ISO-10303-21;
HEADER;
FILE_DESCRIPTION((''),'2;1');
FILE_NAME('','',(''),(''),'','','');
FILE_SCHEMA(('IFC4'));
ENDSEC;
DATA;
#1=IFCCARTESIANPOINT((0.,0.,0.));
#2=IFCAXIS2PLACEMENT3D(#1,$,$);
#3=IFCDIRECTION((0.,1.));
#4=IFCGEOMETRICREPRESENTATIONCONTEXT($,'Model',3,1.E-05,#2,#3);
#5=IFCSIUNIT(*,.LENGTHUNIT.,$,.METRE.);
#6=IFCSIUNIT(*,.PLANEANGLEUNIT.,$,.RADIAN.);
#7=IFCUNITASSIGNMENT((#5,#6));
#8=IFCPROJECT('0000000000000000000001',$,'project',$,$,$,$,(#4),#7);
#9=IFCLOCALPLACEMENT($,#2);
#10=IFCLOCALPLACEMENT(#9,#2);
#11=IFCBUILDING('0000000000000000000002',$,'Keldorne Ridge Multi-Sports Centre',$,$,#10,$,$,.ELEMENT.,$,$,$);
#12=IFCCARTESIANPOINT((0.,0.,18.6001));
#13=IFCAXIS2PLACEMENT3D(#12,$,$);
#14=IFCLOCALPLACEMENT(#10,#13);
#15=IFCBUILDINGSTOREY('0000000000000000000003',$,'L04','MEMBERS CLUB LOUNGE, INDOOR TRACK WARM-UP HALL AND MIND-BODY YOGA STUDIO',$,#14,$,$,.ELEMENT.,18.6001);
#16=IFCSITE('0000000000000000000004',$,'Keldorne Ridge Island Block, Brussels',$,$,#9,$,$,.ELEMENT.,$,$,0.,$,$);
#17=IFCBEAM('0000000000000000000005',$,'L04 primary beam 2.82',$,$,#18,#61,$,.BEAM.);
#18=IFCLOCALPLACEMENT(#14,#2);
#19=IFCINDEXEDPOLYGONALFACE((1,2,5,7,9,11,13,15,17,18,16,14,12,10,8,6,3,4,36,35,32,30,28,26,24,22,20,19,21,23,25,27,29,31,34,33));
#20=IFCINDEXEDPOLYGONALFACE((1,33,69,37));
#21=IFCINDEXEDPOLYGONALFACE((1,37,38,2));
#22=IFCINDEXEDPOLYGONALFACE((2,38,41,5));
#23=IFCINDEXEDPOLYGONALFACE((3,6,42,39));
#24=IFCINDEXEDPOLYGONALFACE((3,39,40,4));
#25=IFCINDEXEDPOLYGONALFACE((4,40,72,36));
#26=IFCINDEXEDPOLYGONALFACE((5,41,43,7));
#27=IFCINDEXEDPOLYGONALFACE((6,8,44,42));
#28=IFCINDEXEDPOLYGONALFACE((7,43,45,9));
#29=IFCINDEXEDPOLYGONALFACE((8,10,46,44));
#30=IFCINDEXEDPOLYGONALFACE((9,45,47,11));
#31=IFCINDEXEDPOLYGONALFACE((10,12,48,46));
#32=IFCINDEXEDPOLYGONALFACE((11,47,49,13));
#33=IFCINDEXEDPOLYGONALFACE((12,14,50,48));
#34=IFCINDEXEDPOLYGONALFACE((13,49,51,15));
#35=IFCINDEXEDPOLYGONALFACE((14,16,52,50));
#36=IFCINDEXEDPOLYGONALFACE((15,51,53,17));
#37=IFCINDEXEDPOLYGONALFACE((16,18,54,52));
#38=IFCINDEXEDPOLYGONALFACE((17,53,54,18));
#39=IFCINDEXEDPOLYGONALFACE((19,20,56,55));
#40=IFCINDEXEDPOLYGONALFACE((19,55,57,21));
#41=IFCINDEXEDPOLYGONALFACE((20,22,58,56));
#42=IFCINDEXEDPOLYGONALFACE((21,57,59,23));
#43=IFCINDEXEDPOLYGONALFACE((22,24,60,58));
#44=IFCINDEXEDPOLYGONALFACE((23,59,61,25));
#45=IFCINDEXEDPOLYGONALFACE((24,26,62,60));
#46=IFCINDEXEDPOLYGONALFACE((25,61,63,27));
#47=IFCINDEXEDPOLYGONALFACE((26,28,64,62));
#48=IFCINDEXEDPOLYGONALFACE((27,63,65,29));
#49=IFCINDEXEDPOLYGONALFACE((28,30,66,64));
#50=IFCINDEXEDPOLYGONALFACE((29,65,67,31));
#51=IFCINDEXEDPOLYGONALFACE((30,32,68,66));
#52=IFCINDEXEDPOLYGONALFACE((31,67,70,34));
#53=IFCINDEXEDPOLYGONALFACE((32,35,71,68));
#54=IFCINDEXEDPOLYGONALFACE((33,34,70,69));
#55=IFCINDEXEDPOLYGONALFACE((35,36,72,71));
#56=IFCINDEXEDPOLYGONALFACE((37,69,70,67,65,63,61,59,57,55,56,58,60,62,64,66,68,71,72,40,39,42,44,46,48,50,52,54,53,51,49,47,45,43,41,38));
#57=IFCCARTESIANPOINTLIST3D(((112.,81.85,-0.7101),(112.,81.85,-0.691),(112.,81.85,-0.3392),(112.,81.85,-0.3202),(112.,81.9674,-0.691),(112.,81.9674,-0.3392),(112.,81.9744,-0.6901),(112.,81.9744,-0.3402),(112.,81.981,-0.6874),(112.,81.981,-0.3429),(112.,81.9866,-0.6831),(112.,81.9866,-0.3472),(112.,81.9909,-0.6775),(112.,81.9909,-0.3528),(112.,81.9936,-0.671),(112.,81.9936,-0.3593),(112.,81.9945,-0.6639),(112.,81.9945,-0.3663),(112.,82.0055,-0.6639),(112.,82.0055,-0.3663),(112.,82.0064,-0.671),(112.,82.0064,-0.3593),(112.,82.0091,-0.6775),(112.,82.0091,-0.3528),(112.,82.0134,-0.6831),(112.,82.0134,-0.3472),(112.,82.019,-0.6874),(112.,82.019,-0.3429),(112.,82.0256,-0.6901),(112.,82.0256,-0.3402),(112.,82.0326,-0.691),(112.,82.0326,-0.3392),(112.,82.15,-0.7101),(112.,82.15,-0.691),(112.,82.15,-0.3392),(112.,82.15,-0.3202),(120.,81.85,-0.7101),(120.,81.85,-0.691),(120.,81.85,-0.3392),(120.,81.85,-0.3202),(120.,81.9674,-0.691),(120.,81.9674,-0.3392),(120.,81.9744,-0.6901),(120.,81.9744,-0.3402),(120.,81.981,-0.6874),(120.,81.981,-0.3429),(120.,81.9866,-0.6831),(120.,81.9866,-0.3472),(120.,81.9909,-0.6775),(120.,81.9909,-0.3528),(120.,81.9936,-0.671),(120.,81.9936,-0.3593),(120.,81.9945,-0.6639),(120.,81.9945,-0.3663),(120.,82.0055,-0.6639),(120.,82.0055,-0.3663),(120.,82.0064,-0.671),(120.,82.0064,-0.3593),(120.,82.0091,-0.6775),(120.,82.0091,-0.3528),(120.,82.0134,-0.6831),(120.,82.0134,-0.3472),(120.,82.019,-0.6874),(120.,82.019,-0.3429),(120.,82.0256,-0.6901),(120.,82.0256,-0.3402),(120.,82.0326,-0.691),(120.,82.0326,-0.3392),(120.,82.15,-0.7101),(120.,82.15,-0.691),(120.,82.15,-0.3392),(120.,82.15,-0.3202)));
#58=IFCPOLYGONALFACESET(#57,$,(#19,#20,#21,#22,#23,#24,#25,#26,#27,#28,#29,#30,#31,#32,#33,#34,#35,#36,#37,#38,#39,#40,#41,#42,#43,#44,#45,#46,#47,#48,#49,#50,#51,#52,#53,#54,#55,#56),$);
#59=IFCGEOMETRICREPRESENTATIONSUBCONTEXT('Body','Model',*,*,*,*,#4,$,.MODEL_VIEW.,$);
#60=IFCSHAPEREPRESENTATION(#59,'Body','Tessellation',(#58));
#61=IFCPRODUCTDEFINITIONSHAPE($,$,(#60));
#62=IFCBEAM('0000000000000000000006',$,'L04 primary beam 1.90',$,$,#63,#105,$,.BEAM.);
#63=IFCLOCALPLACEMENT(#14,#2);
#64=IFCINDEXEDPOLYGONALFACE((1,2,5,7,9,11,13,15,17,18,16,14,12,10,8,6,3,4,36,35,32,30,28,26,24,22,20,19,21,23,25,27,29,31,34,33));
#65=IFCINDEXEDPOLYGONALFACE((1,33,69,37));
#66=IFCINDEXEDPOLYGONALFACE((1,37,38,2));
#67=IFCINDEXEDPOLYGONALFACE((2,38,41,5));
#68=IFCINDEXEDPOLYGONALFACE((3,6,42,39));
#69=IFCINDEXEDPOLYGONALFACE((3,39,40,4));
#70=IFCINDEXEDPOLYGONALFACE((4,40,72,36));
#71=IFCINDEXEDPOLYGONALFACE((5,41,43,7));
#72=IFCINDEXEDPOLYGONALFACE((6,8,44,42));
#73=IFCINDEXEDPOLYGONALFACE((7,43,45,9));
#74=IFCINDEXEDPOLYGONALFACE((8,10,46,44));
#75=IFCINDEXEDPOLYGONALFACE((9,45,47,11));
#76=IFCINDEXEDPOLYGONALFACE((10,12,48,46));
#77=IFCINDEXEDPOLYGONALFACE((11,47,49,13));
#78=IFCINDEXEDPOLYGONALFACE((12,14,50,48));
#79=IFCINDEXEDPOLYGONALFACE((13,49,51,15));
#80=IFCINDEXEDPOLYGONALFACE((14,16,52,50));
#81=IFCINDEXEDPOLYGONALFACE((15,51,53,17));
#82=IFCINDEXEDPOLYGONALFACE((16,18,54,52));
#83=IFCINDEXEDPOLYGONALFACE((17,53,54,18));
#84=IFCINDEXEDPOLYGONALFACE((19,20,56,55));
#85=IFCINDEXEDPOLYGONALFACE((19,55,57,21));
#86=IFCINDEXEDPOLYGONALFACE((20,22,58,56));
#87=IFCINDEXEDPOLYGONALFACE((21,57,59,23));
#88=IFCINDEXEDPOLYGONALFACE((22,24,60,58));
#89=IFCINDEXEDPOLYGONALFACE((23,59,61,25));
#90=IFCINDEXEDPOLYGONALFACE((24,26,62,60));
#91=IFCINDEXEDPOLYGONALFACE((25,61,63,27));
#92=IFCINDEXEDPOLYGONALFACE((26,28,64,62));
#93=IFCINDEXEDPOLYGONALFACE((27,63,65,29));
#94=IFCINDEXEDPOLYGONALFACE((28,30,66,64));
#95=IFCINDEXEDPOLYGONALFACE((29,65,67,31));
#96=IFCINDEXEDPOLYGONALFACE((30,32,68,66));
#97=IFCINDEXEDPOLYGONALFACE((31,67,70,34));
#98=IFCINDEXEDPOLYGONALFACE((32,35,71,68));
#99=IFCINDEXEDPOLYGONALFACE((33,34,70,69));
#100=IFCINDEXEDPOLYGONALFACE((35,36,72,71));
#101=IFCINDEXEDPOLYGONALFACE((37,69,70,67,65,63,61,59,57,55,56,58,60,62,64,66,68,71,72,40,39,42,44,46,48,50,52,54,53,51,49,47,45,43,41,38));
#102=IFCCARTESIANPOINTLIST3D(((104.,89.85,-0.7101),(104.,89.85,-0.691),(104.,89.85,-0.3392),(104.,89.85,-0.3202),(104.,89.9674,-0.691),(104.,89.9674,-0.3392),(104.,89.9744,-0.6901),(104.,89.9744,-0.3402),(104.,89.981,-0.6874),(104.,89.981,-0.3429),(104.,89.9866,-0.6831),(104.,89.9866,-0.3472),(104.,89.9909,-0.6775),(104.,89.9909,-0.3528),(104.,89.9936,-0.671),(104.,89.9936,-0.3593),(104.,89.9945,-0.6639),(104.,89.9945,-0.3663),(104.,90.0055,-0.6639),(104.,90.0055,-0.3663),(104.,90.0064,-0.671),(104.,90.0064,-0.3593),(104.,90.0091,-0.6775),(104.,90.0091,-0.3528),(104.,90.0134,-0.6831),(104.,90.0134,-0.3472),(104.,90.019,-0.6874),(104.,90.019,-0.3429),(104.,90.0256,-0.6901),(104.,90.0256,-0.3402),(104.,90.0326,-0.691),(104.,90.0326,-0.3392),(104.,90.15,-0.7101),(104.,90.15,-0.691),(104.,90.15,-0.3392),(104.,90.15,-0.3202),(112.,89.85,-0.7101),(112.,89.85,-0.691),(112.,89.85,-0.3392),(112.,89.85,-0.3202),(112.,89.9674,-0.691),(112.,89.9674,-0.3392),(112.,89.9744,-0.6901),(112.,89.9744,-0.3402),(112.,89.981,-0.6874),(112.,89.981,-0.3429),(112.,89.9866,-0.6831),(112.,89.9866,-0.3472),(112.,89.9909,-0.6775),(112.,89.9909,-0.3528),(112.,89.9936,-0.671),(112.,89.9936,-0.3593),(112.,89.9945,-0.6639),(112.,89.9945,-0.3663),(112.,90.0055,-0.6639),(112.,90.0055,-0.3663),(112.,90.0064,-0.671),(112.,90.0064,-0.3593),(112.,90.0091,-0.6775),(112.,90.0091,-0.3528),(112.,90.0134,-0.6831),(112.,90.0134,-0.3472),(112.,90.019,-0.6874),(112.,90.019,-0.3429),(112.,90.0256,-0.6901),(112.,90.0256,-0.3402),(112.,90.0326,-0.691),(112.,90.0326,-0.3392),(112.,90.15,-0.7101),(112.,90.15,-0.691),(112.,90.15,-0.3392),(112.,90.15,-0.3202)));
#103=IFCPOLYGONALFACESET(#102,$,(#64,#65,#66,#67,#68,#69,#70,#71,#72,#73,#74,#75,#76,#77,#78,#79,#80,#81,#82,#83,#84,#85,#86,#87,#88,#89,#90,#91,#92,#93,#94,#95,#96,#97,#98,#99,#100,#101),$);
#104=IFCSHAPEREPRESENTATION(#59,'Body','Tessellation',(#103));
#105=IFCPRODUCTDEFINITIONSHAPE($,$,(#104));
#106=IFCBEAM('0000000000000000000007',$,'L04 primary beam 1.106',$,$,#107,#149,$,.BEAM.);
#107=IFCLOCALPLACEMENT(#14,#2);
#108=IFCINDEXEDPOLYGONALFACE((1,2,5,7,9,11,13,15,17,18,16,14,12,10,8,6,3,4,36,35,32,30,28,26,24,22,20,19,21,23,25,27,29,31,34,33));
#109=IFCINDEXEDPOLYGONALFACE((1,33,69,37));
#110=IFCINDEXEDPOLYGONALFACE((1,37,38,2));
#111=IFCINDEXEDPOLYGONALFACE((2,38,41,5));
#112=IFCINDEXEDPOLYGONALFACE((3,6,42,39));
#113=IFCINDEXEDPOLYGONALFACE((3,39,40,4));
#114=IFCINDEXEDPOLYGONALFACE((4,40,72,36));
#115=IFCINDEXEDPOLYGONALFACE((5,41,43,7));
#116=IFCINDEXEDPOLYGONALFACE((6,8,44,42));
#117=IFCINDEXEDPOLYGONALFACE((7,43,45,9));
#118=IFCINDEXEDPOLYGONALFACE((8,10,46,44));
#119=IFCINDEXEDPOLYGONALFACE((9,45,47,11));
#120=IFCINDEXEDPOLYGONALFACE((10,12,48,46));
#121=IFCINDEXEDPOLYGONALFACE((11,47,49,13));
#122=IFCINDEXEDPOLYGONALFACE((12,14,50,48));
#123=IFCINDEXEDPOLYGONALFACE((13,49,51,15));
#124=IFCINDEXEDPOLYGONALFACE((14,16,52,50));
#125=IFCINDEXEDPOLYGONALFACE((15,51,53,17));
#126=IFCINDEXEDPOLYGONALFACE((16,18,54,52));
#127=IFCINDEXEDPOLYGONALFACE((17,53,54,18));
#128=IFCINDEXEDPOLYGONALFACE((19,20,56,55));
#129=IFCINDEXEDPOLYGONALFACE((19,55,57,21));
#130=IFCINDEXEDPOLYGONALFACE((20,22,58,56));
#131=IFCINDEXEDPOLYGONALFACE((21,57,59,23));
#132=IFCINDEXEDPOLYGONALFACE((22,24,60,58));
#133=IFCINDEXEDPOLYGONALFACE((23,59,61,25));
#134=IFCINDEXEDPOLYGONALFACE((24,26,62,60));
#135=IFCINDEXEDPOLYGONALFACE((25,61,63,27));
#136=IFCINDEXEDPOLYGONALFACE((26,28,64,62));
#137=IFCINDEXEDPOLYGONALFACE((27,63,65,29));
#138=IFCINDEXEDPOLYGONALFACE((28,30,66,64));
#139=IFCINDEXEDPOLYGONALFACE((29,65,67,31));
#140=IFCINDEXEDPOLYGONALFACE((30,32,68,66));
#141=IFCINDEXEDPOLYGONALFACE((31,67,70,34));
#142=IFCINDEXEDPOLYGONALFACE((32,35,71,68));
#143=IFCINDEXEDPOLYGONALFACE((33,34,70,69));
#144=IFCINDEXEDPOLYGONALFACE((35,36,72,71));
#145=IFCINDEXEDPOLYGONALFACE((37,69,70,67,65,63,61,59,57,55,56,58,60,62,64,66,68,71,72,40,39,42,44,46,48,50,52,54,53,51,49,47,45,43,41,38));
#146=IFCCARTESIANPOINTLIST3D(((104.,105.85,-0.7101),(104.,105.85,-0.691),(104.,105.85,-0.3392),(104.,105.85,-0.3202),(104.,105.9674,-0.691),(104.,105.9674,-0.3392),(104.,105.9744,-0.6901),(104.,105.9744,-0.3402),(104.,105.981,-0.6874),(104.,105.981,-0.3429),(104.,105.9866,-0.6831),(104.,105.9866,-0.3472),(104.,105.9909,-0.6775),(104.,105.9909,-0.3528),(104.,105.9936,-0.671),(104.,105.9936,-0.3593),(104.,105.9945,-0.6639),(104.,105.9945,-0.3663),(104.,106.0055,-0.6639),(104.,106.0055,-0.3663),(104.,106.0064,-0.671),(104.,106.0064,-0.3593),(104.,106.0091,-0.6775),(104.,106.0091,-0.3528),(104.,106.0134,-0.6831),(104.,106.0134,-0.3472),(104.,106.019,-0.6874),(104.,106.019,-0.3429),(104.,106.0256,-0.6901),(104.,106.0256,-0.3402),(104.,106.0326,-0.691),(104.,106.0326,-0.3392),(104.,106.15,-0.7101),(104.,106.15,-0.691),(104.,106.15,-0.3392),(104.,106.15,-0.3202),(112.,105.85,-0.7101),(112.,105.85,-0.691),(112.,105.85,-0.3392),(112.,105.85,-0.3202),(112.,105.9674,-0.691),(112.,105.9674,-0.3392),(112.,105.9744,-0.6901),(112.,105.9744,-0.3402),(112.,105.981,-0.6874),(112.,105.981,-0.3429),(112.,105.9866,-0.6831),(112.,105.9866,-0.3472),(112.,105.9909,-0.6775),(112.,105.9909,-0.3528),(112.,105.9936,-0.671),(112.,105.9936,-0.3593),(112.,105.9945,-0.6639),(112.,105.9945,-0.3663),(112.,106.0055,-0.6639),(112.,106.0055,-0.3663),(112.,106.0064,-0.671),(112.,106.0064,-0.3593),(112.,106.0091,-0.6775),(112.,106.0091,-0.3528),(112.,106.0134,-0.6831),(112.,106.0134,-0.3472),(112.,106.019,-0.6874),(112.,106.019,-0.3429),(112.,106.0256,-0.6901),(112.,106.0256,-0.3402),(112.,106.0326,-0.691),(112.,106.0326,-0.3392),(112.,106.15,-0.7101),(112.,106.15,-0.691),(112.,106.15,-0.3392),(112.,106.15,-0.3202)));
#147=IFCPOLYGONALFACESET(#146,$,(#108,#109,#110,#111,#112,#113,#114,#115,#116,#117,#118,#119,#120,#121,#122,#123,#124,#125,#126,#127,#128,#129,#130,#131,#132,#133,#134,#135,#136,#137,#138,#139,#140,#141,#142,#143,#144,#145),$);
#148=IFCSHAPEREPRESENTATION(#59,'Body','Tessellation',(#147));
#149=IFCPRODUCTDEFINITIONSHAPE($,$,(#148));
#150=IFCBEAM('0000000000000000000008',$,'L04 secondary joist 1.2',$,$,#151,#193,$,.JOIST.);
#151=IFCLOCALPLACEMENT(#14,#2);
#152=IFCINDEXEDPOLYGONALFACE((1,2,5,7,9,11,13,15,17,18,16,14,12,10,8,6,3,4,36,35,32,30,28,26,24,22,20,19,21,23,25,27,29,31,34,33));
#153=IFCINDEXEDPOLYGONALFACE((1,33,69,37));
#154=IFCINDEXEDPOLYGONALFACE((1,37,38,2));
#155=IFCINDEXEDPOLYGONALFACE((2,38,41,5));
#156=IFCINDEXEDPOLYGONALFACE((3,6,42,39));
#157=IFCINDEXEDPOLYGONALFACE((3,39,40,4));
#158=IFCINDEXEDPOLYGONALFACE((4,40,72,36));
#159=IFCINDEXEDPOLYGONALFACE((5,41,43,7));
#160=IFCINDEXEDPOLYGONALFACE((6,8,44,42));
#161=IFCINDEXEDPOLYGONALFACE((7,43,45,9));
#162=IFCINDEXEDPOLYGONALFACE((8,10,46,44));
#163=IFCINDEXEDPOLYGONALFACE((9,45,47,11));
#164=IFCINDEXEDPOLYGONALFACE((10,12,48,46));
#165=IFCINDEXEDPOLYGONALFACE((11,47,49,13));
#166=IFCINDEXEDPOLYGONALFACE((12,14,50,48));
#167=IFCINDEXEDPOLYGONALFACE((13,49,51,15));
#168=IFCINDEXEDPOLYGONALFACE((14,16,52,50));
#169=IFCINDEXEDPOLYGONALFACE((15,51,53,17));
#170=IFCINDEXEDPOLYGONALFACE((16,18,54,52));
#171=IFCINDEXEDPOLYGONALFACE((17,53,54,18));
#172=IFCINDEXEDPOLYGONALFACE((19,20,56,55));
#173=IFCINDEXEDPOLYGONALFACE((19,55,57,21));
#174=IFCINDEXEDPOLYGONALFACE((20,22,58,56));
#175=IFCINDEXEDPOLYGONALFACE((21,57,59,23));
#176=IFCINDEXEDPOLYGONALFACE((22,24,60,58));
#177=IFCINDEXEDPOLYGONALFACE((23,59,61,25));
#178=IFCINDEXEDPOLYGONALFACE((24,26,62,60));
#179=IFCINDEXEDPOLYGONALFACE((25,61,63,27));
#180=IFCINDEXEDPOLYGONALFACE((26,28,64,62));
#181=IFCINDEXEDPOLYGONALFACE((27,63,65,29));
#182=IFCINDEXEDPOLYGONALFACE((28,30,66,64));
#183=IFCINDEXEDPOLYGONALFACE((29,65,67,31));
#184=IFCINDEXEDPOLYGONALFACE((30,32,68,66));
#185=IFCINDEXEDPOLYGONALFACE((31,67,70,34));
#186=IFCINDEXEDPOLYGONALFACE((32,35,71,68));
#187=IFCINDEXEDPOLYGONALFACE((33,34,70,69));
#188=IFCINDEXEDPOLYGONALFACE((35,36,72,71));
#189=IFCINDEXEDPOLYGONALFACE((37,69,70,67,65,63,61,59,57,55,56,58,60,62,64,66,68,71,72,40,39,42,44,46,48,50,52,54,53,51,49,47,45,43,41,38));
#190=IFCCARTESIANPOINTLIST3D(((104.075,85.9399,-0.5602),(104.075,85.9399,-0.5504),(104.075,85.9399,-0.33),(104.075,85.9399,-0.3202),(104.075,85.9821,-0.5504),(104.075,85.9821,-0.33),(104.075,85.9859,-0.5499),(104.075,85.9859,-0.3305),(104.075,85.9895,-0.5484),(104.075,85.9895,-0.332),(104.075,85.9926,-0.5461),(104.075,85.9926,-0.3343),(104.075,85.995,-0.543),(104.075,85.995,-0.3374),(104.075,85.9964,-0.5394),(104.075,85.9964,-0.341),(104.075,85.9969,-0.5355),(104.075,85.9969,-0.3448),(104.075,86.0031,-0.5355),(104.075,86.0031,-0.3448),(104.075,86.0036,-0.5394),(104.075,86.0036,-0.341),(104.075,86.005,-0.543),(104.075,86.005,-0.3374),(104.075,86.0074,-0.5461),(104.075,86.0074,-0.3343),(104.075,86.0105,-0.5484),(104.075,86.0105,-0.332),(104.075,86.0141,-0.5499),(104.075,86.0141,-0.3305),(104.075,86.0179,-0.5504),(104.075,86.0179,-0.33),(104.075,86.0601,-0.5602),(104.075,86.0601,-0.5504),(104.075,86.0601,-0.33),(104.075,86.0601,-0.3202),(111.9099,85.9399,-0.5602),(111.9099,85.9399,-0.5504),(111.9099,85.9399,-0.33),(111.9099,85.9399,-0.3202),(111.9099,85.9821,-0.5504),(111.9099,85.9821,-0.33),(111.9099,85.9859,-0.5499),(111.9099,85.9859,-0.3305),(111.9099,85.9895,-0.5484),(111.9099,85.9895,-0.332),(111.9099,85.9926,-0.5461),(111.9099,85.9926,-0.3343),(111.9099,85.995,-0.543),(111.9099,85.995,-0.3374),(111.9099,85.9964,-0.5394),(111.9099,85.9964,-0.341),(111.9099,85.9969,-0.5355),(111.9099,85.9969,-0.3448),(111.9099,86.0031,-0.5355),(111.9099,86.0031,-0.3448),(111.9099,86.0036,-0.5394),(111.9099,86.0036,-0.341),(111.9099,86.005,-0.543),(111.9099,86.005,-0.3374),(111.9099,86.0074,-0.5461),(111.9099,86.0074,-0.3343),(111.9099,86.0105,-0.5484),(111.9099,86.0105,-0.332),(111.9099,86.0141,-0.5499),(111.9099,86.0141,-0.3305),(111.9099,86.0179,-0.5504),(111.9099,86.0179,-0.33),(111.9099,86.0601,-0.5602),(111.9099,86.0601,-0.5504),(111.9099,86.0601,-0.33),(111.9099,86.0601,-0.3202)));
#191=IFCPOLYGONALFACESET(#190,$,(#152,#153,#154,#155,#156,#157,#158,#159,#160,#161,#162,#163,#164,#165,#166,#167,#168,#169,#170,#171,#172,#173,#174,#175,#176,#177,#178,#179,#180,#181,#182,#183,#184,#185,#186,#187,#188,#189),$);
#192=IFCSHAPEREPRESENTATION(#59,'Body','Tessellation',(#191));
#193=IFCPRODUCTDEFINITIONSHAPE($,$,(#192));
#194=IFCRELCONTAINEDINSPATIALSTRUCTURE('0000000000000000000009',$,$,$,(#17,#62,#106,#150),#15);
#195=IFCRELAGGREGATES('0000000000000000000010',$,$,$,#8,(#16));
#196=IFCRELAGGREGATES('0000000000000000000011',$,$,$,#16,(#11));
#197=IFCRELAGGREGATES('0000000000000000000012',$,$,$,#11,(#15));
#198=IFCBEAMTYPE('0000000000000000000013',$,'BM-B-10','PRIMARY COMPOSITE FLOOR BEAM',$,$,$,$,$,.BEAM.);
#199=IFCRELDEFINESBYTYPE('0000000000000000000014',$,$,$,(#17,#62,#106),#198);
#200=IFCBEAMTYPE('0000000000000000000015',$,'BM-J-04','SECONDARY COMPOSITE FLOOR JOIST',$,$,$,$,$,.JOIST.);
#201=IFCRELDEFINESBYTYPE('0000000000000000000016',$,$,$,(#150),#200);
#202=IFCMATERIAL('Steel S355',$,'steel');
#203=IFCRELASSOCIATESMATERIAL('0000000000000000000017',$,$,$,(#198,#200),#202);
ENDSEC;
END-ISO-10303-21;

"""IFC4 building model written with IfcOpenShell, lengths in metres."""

from ifc_helpers import new_model, si_unit, direction, frame, origin, origin_2d, place, context, subcontext, project, spatial, i_section, extrude, material, material_profile, profile_set, type_object, element, save


model = new_model("IFC4")

# Units and contexts
model_context = context("Model", 3, precision=1e-05, world=origin(), true_north=direction((0.0, 1.0)))
body_context = subcontext(model_context, "Body", "Model", "MODEL_VIEW")
ifc_project = project(units=[si_unit("LENGTHUNIT", "METRE"), si_unit("PLANEANGLEUNIT", "RADIAN")], contexts=[model_context])

# Site, building, storey
site_placement = place(None, origin())
site = spatial("IfcSite", under=ifc_project, at=site_placement, Name="Keldorne Ridge Island Block, Brussels", CompositionType="ELEMENT", RefElevation=0.0)
building_placement = place(site_placement, origin())
building = spatial("IfcBuilding", under=site, at=building_placement, Name="Keldorne Ridge Multi-Sports Centre", CompositionType="ELEMENT")
storey_placement = place(building_placement, frame((0.0, 0.0, 18.6001)))
storey = spatial("IfcBuildingStorey", under=building, at=storey_placement, Name="L04", Description="MEMBERS CLUB LOUNGE, INDOOR TRACK WARM-UP HALL AND MIND-BODY YOGA STUDIO", CompositionType="ELEMENT", Elevation=18.6001)

# Shared definitions
ifc_material_1 = material(Name="Steel S355", Category="steel")

# Beams
ifc_material_profile_1 = material_profile(ifc_material_1, i_section(OverallWidth=0.3, OverallDepth=0.3899, WebThickness=0.011, FlangeThickness=0.019, FilletRadius=0.0271, at=origin_2d()), Name="HEA 400")
ifc_profile_set_1 = profile_set([ifc_material_profile_1], Name="Steel S355")
beam_type_1 = type_object("IfcBeamType", Name="BM-B-10", Description="PRIMARY COMPOSITE FLOOR BEAM", PredefinedType="BEAM", material=ifc_profile_set_1)
for number, where, z_axis, x_axis, name in (
    (1, (112.0, 82.0, -0.5151), (1.0, 0.0, 0.0), (0.0, 1.0, 0.0), "L04 primary beam 2.82"),
    (2, (104.0, 90.0, -0.5151), (1.0, 0.0, 0.0), (0.0, 1.0, 0.0), "L04 primary beam 1.90"),
    (3, (104.0, 106.0, -0.5151), (1.0, 0.0, 0.0), (0.0, 1.0, 0.0), "L04 primary beam 1.106"),
):
    element("IfcBeam", number, at=place(storey_placement, frame(where, z_axis=z_axis, x_axis=x_axis)), inside=storey, type_object=beam_type_1, Name=name, PredefinedType="BEAM", context=body_context, shape_type="SweptSolid", body=[
        extrude(i_section(OverallWidth=0.3, OverallDepth=0.3899, WebThickness=0.011, FlangeThickness=0.019, FilletRadius=0.0271, at=origin_2d()), origin(), (0.0, 0.0, 1.0), 8.0),
    ])
ifc_material_profile_2 = material_profile(ifc_material_1, i_section(OverallWidth=0.1201, OverallDepth=0.24, WebThickness=0.0061, FlangeThickness=0.0098, FilletRadius=0.0149, at=origin_2d()), Name="IPE 240")
ifc_profile_set_2 = profile_set([ifc_material_profile_2], Name="Steel S355")
beam_type_2 = type_object("IfcBeamType", Name="BM-J-04", Description="SECONDARY COMPOSITE FLOOR JOIST", PredefinedType="JOIST", material=ifc_profile_set_2)
beam_1_placement = place(storey_placement, frame((104.075, 86.0, -0.4402), z_axis=(1.0, 0.0, 0.0), x_axis=(0.0, 1.0, 0.0)))
element("IfcBeam", 4, at=beam_1_placement, inside=storey, type_object=beam_type_2, Name="L04 secondary joist 1.2", PredefinedType="JOIST", context=body_context, shape_type="SweptSolid", body=[
    extrude(i_section(OverallWidth=0.1201, OverallDepth=0.24, WebThickness=0.0061, FlangeThickness=0.0098, FilletRadius=0.0149, at=origin_2d()), origin(), (0.0, 0.0, 1.0), 7.835),
])

save(model, "model.ifc")
